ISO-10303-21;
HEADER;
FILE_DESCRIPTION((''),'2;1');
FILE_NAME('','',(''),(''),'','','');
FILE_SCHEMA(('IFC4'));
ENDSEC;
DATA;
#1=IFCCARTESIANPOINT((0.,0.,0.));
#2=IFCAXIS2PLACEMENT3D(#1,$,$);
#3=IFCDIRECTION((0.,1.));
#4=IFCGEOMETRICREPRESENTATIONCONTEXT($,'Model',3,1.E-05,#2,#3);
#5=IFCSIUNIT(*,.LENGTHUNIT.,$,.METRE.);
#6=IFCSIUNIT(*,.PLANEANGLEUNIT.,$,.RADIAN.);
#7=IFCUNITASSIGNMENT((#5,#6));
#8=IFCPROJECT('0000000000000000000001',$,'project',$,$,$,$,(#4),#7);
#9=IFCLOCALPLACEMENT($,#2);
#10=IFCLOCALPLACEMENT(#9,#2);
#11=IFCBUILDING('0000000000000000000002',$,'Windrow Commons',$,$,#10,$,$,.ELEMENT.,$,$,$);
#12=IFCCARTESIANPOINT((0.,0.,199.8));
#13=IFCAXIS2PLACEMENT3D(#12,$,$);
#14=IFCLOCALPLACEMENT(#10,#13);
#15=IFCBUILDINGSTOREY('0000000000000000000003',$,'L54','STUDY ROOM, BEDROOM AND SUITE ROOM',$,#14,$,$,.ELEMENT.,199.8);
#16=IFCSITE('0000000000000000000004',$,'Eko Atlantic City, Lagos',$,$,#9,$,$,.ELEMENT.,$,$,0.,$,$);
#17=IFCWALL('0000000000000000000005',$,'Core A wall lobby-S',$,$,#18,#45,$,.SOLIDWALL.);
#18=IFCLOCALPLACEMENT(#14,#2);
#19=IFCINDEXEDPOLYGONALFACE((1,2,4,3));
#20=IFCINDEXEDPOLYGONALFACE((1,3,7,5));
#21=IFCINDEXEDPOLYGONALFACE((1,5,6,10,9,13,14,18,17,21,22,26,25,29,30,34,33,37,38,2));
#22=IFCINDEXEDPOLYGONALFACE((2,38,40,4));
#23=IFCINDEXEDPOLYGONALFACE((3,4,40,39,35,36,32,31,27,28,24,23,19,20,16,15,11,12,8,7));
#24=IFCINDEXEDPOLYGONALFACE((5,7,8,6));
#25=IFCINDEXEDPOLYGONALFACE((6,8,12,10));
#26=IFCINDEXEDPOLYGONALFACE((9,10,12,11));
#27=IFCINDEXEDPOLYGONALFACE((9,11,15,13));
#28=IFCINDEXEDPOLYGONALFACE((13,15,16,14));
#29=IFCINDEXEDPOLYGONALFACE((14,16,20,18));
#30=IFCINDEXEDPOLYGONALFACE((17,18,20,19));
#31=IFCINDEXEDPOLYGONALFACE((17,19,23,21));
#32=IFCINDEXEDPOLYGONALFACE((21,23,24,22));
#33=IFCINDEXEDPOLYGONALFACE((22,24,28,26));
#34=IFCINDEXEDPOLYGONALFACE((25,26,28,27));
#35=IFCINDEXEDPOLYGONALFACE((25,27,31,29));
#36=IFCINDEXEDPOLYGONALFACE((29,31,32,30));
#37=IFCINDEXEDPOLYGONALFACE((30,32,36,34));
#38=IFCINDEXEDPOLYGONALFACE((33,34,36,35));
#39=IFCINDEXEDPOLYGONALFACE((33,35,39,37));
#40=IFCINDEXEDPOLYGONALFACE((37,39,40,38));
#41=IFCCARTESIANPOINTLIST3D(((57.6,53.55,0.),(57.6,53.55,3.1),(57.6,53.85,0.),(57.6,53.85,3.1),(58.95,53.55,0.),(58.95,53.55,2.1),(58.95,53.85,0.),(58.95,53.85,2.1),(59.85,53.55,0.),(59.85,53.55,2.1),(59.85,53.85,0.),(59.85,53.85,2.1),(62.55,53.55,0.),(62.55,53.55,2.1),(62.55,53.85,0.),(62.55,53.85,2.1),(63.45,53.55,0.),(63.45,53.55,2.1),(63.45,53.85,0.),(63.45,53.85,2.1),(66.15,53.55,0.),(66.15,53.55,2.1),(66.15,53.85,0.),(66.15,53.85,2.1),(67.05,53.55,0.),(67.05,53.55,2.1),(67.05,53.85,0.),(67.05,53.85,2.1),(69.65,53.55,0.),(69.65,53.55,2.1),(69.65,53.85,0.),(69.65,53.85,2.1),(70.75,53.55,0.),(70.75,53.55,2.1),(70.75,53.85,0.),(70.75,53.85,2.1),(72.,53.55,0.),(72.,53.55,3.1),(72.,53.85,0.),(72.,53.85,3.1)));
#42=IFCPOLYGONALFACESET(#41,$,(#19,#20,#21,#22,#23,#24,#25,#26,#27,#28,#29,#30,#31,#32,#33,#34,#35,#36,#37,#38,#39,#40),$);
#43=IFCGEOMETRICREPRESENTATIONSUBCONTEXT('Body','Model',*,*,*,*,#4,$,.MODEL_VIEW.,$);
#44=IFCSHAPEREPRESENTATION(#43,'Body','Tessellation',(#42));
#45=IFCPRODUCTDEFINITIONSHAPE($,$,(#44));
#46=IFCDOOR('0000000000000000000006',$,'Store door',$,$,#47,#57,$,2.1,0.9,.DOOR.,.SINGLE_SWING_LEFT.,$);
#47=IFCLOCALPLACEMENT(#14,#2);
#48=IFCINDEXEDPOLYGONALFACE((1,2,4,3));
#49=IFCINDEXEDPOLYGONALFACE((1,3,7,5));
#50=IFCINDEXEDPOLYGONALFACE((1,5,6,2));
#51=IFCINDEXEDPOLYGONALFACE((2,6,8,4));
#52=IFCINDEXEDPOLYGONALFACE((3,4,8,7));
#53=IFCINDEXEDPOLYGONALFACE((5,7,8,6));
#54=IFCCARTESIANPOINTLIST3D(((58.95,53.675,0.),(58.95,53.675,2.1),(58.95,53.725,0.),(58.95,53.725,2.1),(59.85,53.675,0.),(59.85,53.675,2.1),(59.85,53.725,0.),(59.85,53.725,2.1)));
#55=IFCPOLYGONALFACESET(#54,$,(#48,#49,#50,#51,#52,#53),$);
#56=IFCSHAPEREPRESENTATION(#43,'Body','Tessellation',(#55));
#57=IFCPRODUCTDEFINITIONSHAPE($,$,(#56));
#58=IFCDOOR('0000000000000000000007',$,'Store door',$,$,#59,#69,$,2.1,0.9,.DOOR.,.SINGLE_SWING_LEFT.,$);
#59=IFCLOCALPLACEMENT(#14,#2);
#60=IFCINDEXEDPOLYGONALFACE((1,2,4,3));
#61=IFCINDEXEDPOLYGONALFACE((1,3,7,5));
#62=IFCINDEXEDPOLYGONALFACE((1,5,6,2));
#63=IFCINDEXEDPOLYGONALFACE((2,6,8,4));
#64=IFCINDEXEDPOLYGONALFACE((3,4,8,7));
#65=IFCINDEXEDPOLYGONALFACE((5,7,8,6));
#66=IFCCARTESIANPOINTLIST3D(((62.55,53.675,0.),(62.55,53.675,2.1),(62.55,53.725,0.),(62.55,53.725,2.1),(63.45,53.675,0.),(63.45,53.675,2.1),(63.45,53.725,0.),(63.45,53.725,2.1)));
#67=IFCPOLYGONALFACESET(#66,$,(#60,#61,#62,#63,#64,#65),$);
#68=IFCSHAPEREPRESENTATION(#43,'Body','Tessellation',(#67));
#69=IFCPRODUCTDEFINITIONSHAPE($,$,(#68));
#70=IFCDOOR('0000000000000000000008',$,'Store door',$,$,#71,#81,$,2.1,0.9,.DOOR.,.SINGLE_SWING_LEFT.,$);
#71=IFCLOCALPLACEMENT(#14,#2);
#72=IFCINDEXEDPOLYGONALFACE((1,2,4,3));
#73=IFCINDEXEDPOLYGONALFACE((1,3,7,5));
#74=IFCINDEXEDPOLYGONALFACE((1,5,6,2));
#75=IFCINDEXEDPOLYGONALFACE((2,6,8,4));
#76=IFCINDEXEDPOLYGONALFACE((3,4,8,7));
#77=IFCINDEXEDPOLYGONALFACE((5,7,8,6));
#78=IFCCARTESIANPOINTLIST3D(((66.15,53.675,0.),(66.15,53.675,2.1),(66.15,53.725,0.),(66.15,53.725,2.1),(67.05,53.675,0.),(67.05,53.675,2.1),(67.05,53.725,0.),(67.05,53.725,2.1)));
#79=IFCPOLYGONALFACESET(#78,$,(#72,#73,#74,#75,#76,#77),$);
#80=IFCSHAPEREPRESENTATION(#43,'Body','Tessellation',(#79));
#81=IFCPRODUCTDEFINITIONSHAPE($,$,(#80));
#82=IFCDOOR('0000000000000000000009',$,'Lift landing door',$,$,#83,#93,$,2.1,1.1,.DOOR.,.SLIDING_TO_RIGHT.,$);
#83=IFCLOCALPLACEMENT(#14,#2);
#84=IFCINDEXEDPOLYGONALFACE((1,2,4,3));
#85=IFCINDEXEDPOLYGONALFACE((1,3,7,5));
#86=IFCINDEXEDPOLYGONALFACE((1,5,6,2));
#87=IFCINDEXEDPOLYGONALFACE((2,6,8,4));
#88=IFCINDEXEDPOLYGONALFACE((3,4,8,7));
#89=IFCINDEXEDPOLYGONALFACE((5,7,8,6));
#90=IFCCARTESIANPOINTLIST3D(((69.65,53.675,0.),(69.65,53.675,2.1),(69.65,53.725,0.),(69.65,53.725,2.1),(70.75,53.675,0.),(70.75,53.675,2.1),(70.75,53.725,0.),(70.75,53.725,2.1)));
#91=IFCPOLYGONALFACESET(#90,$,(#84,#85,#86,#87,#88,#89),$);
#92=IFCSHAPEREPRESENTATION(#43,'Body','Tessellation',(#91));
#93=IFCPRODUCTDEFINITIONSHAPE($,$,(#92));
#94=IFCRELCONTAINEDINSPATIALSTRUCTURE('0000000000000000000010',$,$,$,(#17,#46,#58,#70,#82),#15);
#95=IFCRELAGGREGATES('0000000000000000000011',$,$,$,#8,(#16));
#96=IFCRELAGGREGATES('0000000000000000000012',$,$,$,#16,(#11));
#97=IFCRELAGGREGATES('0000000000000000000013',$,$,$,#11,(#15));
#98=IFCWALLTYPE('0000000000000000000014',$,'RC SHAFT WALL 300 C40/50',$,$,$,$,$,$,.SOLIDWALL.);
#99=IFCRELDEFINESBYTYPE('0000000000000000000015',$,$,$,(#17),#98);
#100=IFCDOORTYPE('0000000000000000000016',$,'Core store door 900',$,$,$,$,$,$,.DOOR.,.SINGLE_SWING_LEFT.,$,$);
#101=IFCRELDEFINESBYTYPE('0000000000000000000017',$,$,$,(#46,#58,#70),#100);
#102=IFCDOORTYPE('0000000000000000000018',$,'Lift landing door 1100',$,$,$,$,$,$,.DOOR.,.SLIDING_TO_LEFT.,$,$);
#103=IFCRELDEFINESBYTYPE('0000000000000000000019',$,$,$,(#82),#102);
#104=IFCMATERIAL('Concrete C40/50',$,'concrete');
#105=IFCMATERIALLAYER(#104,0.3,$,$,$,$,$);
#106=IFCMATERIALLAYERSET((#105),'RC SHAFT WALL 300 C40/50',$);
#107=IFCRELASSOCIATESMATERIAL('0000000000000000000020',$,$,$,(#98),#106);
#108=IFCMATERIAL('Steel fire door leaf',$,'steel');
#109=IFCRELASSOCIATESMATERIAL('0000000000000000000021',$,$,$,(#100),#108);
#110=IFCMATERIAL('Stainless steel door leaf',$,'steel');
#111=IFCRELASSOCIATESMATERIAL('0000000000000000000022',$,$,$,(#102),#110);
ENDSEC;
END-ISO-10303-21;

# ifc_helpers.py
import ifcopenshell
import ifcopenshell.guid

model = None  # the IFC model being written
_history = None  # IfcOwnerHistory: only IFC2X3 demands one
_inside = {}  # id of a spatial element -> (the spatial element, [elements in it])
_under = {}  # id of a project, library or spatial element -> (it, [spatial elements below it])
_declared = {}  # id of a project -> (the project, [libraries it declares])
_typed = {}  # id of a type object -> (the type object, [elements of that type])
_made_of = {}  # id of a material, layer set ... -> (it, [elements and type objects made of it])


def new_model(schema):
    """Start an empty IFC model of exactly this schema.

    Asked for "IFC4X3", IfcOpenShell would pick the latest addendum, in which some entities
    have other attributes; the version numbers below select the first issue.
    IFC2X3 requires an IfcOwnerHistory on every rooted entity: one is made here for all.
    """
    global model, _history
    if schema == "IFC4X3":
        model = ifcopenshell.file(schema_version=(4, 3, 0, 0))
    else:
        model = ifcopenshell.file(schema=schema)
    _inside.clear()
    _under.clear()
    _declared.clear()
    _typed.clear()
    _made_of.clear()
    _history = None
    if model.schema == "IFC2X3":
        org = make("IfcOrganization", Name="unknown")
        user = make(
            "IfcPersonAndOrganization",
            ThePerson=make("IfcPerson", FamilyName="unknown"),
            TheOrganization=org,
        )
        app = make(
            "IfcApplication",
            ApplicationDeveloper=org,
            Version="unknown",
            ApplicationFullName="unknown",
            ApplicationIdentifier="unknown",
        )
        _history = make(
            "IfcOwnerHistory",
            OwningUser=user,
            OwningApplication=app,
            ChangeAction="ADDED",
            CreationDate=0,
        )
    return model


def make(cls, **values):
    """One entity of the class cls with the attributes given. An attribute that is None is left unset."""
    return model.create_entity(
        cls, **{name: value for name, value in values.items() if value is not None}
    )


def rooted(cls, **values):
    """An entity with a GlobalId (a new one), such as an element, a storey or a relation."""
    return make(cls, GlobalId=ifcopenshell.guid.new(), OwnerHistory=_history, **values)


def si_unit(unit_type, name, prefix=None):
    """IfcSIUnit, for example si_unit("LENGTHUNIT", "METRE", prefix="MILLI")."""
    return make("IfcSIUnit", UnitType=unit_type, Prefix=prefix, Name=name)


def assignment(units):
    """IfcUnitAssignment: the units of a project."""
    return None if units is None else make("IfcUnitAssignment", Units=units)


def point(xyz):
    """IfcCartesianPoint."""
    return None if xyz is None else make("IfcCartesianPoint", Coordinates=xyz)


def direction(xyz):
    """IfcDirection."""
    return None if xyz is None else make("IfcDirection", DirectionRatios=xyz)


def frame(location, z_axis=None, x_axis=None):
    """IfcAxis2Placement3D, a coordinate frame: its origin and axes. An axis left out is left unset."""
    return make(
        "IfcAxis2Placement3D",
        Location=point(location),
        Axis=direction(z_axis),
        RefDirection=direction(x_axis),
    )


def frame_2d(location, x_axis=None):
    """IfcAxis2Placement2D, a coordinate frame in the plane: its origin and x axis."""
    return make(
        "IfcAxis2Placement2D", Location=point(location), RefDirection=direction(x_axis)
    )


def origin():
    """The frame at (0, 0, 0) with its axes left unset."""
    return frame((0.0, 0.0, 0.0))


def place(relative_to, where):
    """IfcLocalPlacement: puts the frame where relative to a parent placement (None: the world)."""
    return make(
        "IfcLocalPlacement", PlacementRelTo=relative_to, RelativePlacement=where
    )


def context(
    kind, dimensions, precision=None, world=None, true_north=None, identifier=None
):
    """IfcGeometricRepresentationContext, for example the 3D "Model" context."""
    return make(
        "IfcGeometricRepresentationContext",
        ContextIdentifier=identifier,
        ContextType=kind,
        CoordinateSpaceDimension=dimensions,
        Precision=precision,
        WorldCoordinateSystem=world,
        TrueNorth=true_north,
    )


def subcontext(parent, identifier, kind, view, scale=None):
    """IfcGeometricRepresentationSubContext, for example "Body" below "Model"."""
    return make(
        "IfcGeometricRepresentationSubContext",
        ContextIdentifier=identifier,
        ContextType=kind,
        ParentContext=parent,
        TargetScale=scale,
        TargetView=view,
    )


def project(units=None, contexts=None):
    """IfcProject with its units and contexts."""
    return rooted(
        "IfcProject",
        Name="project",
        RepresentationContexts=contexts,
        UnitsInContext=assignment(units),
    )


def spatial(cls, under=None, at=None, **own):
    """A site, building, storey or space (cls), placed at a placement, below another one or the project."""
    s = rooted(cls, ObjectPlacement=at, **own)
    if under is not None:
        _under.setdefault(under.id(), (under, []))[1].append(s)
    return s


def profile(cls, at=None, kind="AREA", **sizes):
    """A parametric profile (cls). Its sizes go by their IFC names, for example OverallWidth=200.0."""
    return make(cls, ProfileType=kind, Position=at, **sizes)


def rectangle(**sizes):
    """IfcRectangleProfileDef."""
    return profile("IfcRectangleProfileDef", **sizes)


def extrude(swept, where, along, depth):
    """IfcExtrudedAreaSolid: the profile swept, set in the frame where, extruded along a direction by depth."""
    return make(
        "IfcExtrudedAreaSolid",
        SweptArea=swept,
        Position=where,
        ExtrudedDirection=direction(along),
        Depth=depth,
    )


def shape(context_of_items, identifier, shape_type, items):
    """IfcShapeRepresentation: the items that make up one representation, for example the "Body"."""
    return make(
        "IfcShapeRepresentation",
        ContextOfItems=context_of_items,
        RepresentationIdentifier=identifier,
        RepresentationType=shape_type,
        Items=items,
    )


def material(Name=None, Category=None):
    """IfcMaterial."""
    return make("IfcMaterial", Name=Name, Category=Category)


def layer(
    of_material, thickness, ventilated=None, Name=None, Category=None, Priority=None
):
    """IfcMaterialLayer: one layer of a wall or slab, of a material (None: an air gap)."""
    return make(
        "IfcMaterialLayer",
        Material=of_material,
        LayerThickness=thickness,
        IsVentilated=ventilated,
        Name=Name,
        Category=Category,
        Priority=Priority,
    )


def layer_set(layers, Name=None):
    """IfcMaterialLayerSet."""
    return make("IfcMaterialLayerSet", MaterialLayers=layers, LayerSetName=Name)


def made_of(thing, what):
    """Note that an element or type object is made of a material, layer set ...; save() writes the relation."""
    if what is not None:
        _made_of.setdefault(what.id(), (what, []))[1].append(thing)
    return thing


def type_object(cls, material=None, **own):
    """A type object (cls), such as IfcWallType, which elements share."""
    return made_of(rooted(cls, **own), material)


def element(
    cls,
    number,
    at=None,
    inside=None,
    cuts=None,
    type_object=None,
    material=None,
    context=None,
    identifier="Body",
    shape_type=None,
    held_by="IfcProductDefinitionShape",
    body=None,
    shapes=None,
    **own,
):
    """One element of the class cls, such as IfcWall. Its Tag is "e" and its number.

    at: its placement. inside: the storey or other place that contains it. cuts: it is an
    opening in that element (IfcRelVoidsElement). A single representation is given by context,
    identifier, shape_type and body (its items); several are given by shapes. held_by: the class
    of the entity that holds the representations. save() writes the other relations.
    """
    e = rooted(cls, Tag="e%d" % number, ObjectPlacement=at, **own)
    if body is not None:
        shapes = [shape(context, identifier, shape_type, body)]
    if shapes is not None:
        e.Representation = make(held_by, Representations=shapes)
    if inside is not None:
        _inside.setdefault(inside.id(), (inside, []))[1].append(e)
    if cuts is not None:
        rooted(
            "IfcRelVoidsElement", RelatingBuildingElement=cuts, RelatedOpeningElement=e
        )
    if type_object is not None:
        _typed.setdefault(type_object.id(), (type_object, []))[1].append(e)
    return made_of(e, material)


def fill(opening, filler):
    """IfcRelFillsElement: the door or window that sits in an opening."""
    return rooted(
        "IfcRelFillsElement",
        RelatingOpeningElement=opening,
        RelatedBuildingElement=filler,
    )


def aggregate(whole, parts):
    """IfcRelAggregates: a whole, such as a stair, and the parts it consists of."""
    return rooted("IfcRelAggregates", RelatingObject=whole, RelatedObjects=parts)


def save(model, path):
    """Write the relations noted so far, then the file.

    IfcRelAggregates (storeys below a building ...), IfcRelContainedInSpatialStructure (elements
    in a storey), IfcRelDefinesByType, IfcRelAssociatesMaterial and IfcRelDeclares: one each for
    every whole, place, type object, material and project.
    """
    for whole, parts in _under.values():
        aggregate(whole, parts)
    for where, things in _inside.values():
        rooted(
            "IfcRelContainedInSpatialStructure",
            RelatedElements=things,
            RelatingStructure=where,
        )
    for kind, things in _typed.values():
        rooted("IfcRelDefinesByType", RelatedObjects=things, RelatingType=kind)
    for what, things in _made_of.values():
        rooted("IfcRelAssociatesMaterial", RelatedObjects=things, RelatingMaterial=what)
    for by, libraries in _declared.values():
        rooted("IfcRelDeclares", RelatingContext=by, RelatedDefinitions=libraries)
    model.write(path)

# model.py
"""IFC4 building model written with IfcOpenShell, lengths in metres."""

from ifc_helpers import new_model, si_unit, direction, frame, frame_2d, origin, place, context, subcontext, project, spatial, rectangle, extrude, material, layer, layer_set, type_object, element, fill, save


model = new_model("IFC4")

# Units and contexts
model_context = context("Model", 3, precision=1e-05, world=origin(), true_north=direction((0.0, 1.0)))
body_context = subcontext(model_context, "Body", "Model", "MODEL_VIEW")
ifc_project = project(units=[si_unit("LENGTHUNIT", "METRE"), si_unit("PLANEANGLEUNIT", "RADIAN")], contexts=[model_context])

# Site, building, storey
site_placement = place(None, origin())
site = spatial("IfcSite", under=ifc_project, at=site_placement, Name="Eko Atlantic City, Lagos", CompositionType="ELEMENT", RefElevation=0.0)
building_placement = place(site_placement, origin())
building = spatial("IfcBuilding", under=site, at=building_placement, Name="Windrow Commons", CompositionType="ELEMENT")
storey_placement = place(building_placement, frame((0.0, 0.0, 199.8)))
storey = spatial("IfcBuildingStorey", under=building, at=storey_placement, Name="L54", Description="STUDY ROOM, BEDROOM AND SUITE ROOM", CompositionType="ELEMENT", Elevation=199.8)

# Wall, openings, doors
ifc_material_1 = material(Name="Concrete C40/50", Category="concrete")
ifc_layer_1 = layer(ifc_material_1, 0.3)
ifc_layer_set_1 = layer_set([ifc_layer_1], Name="RC SHAFT WALL 300 C40/50")
wall_type_1 = type_object("IfcWallType", Name="RC SHAFT WALL 300 C40/50", PredefinedType="SOLIDWALL", material=ifc_layer_set_1)
wall_1_placement = place(storey_placement, frame((57.6, 53.7, 0.0), z_axis=(0.0, 0.0, 1.0), x_axis=(1.0, 0.0, 0.0)))
wall_1 = element("IfcWall", 1, at=wall_1_placement, inside=storey, type_object=wall_type_1, Name="Core A wall lobby-S", PredefinedType="SOLIDWALL", context=body_context, shape_type="SweptSolid", body=[
    extrude(rectangle(XDim=14.4, YDim=0.3, at=frame_2d((7.2, 0.0))), origin(), (0.0, 0.0, 1.0), 3.1),
])
opening_1_placement = place(wall_1_placement, frame((1.35, 0.0, 0.0)))
opening_1 = element("IfcOpeningElement", 2, at=opening_1_placement, cuts=wall_1, PredefinedType="OPENING", context=body_context, shape_type="SweptSolid", body=[
    extrude(rectangle(XDim=0.9, YDim=2.1, at=frame_2d((0.45, 1.05))), frame((0.0, 0.16, 0.0), z_axis=(0.0, -1.0, 0.0), x_axis=(1.0, 0.0, 0.0)), (0.0, 0.0, 1.0), 0.32),
])
opening_2_placement = place(wall_1_placement, frame((4.95, 0.0, 0.0)))
opening_2 = element("IfcOpeningElement", 3, at=opening_2_placement, cuts=wall_1, PredefinedType="OPENING", context=body_context, shape_type="SweptSolid", body=[
    extrude(rectangle(XDim=0.9, YDim=2.1, at=frame_2d((0.45, 1.05))), frame((0.0, 0.16, 0.0), z_axis=(0.0, -1.0, 0.0), x_axis=(1.0, 0.0, 0.0)), (0.0, 0.0, 1.0), 0.32),
])
opening_3_placement = place(wall_1_placement, frame((8.55, 0.0, 0.0)))
opening_3 = element("IfcOpeningElement", 4, at=opening_3_placement, cuts=wall_1, PredefinedType="OPENING", context=body_context, shape_type="SweptSolid", body=[
    extrude(rectangle(XDim=0.9, YDim=2.1, at=frame_2d((0.45, 1.05))), frame((0.0, 0.16, 0.0), z_axis=(0.0, -1.0, 0.0), x_axis=(1.0, 0.0, 0.0)), (0.0, 0.0, 1.0), 0.32),
])
opening_4_placement = place(wall_1_placement, frame((12.05, 0.0, 0.0)))
opening_4 = element("IfcOpeningElement", 5, at=opening_4_placement, cuts=wall_1, PredefinedType="OPENING", context=body_context, shape_type="SweptSolid", body=[
    extrude(rectangle(XDim=1.1, YDim=2.1, at=frame_2d((0.55, 1.05))), frame((0.0, 0.16, 0.0), z_axis=(0.0, -1.0, 0.0), x_axis=(1.0, 0.0, 0.0)), (0.0, 0.0, 1.0), 0.32),
])
ifc_material_2 = material(Name="Steel fire door leaf", Category="steel")
door_type_1 = type_object("IfcDoorType", Name="Core store door 900", OperationType="SINGLE_SWING_LEFT", PredefinedType="DOOR", material=ifc_material_2)
door_1_placement = place(opening_1_placement, origin())
door_1 = element("IfcDoor", 6, at=door_1_placement, inside=storey, type_object=door_type_1, Name="Store door", OperationType="SINGLE_SWING_LEFT", OverallHeight=2.1, OverallWidth=0.9, PredefinedType="DOOR", context=body_context, shape_type="SweptSolid", body=[
    extrude(rectangle(XDim=0.9, YDim=2.1, at=frame_2d((0.45, 1.05))), frame((0.0, 0.025, 0.0), z_axis=(0.0, -1.0, 0.0), x_axis=(1.0, 0.0, 0.0)), (0.0, 0.0, 1.0), 0.05),
])
fill(opening_1, door_1)
door_2_placement = place(opening_2_placement, origin())
door_2 = element("IfcDoor", 7, at=door_2_placement, inside=storey, type_object=door_type_1, Name="Store door", OperationType="SINGLE_SWING_LEFT", OverallHeight=2.1, OverallWidth=0.9, PredefinedType="DOOR", context=body_context, shape_type="SweptSolid", body=[
    extrude(rectangle(XDim=0.9, YDim=2.1, at=frame_2d((0.45, 1.05))), frame((0.0, 0.025, 0.0), z_axis=(0.0, -1.0, 0.0), x_axis=(1.0, 0.0, 0.0)), (0.0, 0.0, 1.0), 0.05),
])
fill(opening_2, door_2)
door_3_placement = place(opening_3_placement, origin())
door_3 = element("IfcDoor", 8, at=door_3_placement, inside=storey, type_object=door_type_1, Name="Store door", OperationType="SINGLE_SWING_LEFT", OverallHeight=2.1, OverallWidth=0.9, PredefinedType="DOOR", context=body_context, shape_type="SweptSolid", body=[
    extrude(rectangle(XDim=0.9, YDim=2.1, at=frame_2d((0.45, 1.05))), frame((0.0, 0.025, 0.0), z_axis=(0.0, -1.0, 0.0), x_axis=(1.0, 0.0, 0.0)), (0.0, 0.0, 1.0), 0.05),
])
fill(opening_3, door_3)
ifc_material_3 = material(Name="Stainless steel door leaf", Category="steel")
door_type_2 = type_object("IfcDoorType", Name="Lift landing door 1100", OperationType="SLIDING_TO_LEFT", PredefinedType="DOOR", material=ifc_material_3)
door_4_placement = place(opening_4_placement, origin())
door_4 = element("IfcDoor", 9, at=door_4_placement, inside=storey, type_object=door_type_2, Name="Lift landing door", OperationType="SLIDING_TO_RIGHT", OverallHeight=2.1, OverallWidth=1.1, PredefinedType="DOOR", context=body_context, shape_type="SweptSolid", body=[
    extrude(rectangle(XDim=1.1, YDim=2.1, at=frame_2d((0.55, 1.05))), frame((0.0, 0.025, 0.0), z_axis=(0.0, -1.0, 0.0), x_axis=(1.0, 0.0, 0.0)), (0.0, 0.0, 1.0), 0.05),
])
fill(opening_4, door_4)

save(model, "model.ifc")
